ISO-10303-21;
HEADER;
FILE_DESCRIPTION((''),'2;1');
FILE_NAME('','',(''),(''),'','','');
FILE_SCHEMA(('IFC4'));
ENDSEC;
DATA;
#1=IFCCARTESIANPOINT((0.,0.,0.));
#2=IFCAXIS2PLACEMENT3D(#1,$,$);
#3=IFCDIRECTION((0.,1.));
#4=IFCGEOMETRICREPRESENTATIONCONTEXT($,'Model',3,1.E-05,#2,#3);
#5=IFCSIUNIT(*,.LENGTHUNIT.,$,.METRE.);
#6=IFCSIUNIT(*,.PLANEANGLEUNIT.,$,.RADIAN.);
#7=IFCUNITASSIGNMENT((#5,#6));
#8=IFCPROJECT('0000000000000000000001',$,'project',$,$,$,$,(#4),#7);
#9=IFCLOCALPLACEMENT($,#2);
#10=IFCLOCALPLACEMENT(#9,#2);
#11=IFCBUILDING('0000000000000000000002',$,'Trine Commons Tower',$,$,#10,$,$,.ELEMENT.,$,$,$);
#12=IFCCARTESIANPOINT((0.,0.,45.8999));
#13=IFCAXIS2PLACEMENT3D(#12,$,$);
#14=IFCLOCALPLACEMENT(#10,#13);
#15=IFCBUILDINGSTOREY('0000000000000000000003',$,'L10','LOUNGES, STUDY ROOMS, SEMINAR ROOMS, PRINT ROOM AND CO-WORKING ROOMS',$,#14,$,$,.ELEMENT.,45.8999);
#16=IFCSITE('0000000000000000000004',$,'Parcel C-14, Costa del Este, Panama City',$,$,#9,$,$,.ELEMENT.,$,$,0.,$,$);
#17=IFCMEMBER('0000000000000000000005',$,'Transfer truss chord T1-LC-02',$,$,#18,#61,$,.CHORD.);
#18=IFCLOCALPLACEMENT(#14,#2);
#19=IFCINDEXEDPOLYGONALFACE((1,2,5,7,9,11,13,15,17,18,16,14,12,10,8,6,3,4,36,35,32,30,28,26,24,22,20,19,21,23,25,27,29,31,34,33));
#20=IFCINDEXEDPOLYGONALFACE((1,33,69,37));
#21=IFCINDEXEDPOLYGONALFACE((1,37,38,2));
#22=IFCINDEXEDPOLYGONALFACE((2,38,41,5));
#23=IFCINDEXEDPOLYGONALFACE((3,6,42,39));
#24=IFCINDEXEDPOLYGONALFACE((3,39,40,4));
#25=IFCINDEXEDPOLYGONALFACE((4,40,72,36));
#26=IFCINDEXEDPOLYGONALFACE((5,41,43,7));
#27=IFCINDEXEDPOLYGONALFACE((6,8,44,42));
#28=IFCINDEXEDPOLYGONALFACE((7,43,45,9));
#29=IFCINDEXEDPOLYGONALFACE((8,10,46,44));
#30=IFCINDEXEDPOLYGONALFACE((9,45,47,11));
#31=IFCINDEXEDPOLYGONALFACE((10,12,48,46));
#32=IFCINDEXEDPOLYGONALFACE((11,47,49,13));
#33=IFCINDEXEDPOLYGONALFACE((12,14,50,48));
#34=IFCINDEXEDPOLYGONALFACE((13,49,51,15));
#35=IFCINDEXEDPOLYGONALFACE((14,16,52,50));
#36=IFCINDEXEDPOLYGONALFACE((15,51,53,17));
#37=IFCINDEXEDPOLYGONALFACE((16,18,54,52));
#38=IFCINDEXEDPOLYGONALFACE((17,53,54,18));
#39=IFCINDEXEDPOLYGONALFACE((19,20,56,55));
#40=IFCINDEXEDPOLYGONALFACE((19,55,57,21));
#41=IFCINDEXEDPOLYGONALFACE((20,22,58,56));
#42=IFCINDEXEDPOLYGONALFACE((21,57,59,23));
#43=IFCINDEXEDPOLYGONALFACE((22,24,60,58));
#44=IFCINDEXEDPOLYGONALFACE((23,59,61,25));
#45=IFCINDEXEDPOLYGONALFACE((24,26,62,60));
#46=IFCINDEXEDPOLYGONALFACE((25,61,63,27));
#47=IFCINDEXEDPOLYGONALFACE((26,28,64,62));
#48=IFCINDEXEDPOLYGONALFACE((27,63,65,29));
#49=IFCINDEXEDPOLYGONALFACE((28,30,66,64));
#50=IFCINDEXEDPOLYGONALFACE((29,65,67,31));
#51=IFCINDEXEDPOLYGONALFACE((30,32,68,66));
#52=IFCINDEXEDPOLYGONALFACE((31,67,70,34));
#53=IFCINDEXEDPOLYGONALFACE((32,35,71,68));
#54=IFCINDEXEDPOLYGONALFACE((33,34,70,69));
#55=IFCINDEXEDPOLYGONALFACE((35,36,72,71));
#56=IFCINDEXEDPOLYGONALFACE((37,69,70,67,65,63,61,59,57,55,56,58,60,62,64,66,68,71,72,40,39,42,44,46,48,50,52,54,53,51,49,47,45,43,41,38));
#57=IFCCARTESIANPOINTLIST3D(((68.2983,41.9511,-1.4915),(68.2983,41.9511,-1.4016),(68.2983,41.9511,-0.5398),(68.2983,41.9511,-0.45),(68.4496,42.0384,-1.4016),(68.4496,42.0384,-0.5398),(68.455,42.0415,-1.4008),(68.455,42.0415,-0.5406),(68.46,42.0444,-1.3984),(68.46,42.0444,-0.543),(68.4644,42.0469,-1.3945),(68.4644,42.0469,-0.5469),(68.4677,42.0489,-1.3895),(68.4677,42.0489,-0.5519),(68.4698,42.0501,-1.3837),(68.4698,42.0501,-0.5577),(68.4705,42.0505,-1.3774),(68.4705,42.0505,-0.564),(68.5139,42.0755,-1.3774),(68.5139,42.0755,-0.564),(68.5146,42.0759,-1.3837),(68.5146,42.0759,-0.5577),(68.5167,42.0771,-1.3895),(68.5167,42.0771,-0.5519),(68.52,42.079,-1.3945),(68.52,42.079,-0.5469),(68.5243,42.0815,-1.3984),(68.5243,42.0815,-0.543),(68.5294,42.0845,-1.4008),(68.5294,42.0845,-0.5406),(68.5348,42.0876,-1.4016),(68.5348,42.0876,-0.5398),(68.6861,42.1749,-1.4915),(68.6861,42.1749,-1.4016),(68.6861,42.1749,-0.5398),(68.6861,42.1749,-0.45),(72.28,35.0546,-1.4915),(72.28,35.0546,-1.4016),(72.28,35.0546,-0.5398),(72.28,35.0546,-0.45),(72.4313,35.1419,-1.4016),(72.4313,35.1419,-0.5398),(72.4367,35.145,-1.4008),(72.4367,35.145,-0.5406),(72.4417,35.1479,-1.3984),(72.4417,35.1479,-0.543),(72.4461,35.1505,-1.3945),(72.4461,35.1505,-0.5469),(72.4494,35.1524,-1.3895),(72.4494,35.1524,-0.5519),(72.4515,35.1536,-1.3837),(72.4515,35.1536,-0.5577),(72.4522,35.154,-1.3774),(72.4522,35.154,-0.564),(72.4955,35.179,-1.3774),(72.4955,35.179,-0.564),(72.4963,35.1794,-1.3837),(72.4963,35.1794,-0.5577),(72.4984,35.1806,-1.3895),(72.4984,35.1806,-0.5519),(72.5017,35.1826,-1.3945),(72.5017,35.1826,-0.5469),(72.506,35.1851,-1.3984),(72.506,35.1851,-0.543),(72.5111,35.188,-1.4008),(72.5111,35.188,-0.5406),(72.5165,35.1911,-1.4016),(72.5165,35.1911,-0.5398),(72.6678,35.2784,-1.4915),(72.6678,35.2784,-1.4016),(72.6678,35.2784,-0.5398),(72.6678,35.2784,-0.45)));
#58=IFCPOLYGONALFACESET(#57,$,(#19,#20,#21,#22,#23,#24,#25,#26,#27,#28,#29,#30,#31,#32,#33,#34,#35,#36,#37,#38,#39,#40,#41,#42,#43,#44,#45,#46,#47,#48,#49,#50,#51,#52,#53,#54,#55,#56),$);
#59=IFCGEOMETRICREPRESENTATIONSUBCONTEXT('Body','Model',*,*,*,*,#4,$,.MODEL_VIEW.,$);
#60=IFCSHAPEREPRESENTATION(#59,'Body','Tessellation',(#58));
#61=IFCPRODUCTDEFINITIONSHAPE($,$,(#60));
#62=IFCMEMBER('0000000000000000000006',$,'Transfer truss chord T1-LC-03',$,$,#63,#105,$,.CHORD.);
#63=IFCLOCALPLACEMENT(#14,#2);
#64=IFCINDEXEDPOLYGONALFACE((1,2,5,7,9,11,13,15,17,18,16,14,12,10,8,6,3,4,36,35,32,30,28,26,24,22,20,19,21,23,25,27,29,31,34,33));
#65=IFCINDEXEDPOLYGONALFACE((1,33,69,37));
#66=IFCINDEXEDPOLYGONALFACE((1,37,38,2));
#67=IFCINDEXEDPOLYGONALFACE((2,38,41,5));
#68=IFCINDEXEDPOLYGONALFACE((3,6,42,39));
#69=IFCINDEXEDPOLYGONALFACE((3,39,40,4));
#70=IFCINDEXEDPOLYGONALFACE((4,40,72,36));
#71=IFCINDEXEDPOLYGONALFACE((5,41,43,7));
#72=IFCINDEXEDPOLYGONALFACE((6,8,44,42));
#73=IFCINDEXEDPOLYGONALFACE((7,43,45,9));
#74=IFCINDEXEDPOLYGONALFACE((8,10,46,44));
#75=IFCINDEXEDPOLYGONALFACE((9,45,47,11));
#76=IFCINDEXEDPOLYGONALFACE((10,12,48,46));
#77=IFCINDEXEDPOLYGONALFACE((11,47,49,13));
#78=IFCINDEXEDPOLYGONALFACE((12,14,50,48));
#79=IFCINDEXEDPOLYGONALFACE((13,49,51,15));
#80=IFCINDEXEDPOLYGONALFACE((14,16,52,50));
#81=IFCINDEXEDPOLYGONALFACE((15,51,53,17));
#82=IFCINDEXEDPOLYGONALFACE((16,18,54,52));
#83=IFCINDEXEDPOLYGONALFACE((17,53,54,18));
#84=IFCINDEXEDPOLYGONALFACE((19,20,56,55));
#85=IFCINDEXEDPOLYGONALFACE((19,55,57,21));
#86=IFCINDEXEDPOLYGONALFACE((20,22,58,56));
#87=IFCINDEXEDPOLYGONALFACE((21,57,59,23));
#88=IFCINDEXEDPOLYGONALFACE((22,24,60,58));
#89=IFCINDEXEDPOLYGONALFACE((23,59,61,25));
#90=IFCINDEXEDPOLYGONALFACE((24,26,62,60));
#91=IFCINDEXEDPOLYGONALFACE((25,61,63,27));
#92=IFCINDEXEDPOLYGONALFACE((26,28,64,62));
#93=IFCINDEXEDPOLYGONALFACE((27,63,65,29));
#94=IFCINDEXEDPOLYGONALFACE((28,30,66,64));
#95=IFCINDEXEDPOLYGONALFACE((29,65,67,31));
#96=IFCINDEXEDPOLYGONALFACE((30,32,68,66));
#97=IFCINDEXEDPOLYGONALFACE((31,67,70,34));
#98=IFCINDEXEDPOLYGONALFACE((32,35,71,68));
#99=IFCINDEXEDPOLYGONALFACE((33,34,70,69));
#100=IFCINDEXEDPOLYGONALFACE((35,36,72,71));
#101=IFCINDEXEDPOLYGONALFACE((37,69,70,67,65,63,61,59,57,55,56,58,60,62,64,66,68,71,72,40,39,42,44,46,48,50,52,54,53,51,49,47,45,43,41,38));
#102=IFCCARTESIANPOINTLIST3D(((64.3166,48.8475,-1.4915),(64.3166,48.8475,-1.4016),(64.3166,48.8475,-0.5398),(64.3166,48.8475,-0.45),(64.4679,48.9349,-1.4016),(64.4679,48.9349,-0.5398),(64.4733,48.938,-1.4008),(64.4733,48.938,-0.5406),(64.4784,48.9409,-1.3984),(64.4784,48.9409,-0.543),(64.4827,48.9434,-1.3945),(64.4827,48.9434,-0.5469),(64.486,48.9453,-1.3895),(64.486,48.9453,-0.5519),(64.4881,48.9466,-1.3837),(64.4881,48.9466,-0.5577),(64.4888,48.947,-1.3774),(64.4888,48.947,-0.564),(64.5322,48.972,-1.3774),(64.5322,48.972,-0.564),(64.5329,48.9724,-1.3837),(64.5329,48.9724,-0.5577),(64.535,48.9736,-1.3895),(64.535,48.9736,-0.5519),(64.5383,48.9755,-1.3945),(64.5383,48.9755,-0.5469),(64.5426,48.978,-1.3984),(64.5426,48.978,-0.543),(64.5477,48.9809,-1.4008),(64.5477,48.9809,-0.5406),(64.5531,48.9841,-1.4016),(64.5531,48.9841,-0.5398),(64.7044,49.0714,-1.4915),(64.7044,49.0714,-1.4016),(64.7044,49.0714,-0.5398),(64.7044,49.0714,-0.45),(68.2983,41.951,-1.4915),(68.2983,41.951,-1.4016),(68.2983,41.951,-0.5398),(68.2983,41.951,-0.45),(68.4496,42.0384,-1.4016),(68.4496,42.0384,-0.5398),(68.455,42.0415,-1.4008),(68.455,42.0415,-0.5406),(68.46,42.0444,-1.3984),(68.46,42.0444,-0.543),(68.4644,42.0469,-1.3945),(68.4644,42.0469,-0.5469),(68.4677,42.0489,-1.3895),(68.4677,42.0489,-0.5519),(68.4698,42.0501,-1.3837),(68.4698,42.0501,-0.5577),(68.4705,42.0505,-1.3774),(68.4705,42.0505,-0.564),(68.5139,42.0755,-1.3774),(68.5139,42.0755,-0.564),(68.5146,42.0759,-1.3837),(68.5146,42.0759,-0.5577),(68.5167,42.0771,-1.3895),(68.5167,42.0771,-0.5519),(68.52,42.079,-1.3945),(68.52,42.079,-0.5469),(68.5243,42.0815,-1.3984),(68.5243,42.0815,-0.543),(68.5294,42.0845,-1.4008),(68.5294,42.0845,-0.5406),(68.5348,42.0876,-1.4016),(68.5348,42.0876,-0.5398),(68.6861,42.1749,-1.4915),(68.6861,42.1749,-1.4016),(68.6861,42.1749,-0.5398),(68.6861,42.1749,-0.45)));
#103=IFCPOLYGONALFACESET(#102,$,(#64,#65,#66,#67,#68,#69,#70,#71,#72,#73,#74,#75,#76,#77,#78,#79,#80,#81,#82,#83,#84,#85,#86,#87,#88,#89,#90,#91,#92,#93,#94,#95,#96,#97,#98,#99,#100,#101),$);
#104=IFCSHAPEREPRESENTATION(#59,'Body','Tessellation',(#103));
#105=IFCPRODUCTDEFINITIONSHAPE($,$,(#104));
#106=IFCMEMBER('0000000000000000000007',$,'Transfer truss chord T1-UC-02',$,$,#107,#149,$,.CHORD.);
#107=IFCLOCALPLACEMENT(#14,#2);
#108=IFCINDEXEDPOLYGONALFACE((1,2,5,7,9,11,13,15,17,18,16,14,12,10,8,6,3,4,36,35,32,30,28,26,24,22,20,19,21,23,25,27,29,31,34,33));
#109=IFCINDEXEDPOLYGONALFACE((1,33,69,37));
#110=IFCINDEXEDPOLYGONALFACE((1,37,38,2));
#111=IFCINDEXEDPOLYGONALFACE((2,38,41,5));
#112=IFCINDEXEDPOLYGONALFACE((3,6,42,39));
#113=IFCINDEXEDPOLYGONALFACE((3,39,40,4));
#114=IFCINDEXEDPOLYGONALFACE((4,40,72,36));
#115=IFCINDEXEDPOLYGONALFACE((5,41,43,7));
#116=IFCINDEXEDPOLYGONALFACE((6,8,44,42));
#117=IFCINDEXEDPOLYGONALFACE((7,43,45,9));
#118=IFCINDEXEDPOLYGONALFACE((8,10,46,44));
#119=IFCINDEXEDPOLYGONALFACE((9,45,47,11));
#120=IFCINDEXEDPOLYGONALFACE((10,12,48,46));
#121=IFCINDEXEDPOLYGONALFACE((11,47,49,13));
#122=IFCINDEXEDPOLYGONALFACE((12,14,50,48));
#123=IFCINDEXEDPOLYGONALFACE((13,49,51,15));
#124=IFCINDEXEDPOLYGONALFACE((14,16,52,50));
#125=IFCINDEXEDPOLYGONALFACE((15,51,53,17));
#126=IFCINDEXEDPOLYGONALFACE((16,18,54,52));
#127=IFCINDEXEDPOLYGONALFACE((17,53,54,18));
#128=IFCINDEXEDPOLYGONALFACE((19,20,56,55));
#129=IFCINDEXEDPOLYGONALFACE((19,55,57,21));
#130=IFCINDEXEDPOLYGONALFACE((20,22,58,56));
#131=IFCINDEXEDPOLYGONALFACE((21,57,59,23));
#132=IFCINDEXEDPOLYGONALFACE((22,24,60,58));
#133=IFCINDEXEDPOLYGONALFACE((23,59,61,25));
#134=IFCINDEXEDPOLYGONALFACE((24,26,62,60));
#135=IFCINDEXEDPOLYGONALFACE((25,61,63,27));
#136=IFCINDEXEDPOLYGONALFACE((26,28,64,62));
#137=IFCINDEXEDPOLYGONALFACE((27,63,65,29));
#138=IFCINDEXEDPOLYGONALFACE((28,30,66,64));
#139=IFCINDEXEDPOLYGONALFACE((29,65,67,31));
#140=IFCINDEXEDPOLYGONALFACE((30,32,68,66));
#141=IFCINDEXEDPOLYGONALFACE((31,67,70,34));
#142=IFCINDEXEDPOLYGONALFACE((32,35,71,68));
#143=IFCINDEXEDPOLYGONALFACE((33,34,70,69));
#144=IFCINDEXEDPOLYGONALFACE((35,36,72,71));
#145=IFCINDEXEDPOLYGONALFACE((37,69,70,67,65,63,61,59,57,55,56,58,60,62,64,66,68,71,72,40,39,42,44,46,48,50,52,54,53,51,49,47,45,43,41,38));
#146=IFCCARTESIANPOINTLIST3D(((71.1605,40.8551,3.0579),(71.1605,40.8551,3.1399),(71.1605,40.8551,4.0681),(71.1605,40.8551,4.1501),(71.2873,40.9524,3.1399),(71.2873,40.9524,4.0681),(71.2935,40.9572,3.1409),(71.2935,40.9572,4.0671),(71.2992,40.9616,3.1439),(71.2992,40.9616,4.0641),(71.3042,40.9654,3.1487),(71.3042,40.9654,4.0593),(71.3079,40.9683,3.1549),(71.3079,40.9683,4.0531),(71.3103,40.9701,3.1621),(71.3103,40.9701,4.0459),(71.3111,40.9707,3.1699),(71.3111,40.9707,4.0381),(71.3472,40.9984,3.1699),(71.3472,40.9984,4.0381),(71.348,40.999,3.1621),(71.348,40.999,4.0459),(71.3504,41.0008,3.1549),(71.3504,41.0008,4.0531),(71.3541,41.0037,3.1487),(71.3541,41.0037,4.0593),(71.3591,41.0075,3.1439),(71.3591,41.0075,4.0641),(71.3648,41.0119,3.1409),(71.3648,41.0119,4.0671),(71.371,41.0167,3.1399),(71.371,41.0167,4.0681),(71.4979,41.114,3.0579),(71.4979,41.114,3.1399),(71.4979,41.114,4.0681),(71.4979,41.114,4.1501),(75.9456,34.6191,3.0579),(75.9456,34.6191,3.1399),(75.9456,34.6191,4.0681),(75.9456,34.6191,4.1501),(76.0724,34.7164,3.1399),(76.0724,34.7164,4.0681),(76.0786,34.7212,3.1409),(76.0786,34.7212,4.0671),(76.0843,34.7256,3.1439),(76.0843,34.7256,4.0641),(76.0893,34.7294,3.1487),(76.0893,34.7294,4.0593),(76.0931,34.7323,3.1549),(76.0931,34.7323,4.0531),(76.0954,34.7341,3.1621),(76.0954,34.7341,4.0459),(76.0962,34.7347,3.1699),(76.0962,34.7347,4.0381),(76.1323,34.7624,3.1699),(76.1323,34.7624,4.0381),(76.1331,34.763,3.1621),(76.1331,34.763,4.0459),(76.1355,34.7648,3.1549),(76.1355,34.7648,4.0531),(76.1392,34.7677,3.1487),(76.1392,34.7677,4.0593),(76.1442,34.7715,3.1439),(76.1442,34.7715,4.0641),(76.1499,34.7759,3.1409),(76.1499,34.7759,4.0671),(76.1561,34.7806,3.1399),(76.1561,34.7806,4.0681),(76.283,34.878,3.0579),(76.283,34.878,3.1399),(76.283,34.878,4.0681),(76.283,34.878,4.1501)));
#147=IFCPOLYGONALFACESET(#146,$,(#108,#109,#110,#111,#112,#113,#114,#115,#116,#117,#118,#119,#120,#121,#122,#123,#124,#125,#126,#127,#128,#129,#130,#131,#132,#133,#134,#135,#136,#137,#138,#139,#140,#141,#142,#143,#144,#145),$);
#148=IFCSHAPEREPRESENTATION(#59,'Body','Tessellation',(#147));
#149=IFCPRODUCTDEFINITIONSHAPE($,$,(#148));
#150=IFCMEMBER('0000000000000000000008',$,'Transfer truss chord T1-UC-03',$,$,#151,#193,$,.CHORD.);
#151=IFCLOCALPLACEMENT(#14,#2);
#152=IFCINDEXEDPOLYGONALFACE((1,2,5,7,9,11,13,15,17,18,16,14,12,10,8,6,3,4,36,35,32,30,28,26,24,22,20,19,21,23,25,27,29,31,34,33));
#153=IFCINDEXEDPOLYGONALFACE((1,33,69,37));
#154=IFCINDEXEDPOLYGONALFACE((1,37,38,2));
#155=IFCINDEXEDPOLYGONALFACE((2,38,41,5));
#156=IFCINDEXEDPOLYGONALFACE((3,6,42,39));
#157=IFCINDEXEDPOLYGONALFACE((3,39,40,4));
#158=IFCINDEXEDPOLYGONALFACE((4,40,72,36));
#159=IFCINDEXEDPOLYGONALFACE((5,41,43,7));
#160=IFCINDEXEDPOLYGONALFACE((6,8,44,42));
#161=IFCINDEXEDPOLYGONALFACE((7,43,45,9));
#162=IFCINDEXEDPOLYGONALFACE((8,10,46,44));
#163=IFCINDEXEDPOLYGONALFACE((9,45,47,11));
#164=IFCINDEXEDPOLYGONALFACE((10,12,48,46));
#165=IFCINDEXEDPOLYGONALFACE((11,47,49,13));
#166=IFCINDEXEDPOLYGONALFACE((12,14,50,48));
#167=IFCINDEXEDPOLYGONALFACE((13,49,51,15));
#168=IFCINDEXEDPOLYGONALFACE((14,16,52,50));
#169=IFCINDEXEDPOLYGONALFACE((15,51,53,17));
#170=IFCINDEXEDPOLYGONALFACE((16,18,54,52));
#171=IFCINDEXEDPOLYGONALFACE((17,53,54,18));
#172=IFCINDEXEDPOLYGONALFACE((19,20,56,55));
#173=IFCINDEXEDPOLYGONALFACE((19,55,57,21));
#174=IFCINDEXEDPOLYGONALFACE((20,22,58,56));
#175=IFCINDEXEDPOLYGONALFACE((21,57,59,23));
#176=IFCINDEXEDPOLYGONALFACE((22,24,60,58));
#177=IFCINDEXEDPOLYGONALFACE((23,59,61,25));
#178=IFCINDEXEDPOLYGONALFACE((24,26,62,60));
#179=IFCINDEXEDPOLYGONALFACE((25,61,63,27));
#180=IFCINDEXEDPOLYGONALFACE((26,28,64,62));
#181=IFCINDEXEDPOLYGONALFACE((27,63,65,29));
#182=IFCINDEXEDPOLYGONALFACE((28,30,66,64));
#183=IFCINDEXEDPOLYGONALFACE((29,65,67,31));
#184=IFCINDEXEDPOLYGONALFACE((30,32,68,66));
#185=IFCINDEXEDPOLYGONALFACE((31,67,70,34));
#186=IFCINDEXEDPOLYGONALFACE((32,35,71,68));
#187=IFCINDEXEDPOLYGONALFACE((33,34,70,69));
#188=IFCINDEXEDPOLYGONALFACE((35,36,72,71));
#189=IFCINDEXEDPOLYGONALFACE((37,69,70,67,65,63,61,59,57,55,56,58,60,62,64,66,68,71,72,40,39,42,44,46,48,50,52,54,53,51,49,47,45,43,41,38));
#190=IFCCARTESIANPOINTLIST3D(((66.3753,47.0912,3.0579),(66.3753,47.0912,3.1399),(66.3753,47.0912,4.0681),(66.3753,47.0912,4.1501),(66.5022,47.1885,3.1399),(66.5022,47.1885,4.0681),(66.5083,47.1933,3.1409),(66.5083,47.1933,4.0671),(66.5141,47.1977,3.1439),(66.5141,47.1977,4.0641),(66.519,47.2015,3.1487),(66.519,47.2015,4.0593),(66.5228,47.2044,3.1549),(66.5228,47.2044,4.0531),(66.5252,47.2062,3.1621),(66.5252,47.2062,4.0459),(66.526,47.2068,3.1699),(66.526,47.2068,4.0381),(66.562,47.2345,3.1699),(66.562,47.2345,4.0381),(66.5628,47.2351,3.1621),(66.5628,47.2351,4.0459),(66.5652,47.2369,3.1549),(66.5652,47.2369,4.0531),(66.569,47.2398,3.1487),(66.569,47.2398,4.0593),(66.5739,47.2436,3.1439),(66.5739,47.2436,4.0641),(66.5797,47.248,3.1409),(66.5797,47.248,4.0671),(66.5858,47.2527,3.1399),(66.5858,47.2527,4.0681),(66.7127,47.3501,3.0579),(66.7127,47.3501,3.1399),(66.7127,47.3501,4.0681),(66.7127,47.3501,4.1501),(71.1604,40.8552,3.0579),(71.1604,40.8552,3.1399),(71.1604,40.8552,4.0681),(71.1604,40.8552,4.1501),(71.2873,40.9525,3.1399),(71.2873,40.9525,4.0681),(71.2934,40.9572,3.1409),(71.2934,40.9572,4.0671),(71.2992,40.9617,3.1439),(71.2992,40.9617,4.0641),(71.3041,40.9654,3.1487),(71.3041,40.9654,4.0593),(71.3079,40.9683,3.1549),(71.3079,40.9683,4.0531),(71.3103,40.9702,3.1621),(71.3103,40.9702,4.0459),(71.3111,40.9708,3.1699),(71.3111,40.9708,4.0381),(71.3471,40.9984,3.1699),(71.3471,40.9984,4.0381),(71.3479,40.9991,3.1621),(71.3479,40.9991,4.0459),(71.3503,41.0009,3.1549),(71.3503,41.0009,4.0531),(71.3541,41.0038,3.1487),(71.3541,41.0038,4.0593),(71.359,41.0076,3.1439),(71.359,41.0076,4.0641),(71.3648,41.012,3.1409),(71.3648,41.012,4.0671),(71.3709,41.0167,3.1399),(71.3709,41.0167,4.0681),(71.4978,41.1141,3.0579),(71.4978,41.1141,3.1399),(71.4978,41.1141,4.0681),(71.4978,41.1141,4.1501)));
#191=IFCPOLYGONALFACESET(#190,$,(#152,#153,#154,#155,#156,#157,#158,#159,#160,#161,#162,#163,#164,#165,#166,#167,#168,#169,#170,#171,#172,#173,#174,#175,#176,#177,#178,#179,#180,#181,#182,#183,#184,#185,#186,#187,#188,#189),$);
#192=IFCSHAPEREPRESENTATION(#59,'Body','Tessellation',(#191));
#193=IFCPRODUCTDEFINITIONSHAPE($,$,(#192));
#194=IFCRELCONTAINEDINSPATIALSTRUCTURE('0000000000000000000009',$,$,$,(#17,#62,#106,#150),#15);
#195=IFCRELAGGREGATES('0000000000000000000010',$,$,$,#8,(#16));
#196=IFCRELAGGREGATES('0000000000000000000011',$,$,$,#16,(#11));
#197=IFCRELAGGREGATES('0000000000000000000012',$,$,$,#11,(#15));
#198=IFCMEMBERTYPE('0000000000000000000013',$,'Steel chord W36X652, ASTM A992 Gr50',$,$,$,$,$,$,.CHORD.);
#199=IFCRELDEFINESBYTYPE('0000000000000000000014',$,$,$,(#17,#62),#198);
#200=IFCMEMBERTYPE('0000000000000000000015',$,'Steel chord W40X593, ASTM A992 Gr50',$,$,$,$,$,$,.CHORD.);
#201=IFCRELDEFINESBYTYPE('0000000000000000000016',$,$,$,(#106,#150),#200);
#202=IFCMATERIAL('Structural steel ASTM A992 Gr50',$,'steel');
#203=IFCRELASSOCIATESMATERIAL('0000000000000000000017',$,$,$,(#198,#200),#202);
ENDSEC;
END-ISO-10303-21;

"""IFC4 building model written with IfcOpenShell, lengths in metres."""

from ifc_helpers import new_model, si_unit, direction, frame, origin, origin_2d, place, context, subcontext, project, spatial, i_section, extrude, material, material_profile, profile_set, type_object, element, save


model = new_model("IFC4")

# Units and contexts
model_context = context("Model", 3, precision=1e-05, world=origin(), true_north=direction((0.0, 1.0)))
body_context = subcontext(model_context, "Body", "Model", "MODEL_VIEW")
ifc_project = project(units=[si_unit("LENGTHUNIT", "METRE"), si_unit("PLANEANGLEUNIT", "RADIAN")], contexts=[model_context])

# Site, building, storey
site_placement = place(None, origin())
site = spatial("IfcSite", under=ifc_project, at=site_placement, Name="Parcel C-14, Costa del Este, Panama City", CompositionType="ELEMENT", RefElevation=0.0)
building_placement = place(site_placement, origin())
building = spatial("IfcBuilding", under=site, at=building_placement, Name="Trine Commons Tower", CompositionType="ELEMENT")
storey_placement = place(building_placement, frame((0.0, 0.0, 45.8999)))
storey = spatial("IfcBuildingStorey", under=building, at=storey_placement, Name="L10", Description="LOUNGES, STUDY ROOMS, SEMINAR ROOMS, PRINT ROOM AND CO-WORKING ROOMS", CompositionType="ELEMENT", Elevation=45.8999)

# Members
ifc_material_1 = material(Name="Structural steel ASTM A992 Gr50", Category="steel")
ifc_material_profile_1 = material_profile(ifc_material_1, i_section(OverallWidth=0.4478, OverallDepth=1.0415, WebThickness=0.05, FlangeThickness=0.0898, FilletRadius=0.0242, at=origin_2d()), Name="W36X652")
ifc_profile_set_1 = profile_set([ifc_material_profile_1], Name="Structural steel ASTM A992 Gr50")
member_type_1 = type_object("IfcMemberType", Name="Steel chord W36X652, ASTM A992 Gr50", PredefinedType="CHORD", material=ifc_profile_set_1)
for number, where, z_axis, x_axis, name in (
    (1, (72.4739, 35.1665, -0.9707), (-0.5, 0.866025, 0.0), (-0.866025, -0.5, 0.0), "Transfer truss chord T1-LC-02"),
    (2, (68.4922, 42.063, -0.9707), (-0.5, 0.866025, 0.0), (-0.866025, -0.5, 0.0), "Transfer truss chord T1-LC-03"),
):
    element("IfcMember", number, at=place(storey_placement, frame(where, z_axis=z_axis, x_axis=x_axis)), inside=storey, type_object=member_type_1, Name=name, PredefinedType="CHORD", context=body_context, shape_type="SweptSolid", body=[
        extrude(i_section(OverallWidth=0.4478, OverallDepth=1.0415, WebThickness=0.05, FlangeThickness=0.0898, FilletRadius=0.0242, at=origin_2d()), origin(), (0.0, 0.0, 1.0), 7.9634),
    ])
ifc_material_profile_2 = material_profile(ifc_material_1, i_section(OverallWidth=0.4253, OverallDepth=1.0923, WebThickness=0.0454, FlangeThickness=0.082, FilletRadius=0.03, at=origin_2d()), Name="W40X593")
ifc_profile_set_2 = profile_set([ifc_material_profile_2], Name="Structural steel ASTM A992 Gr50")
member_type_2 = type_object("IfcMemberType", Name="Steel chord W40X593, ASTM A992 Gr50", PredefinedType="CHORD", material=ifc_profile_set_2)
for number, where, z_axis, x_axis, name in (
    (3, (76.1143, 34.7485, 3.604), (-0.608765, 0.793351, 0.0), (-0.793351, -0.608765, 0.0), "Transfer truss chord T1-UC-02"),
    (4, (71.3291, 40.9846, 3.604), (-0.608765, 0.793351, 0.0), (-0.793351, -0.608765, 0.0), "Transfer truss chord T1-UC-03"),
):
    element("IfcMember", number, at=place(storey_placement, frame(where, z_axis=z_axis, x_axis=x_axis)), inside=storey, type_object=member_type_2, Name=name, PredefinedType="CHORD", context=body_context, shape_type="SweptSolid", body=[
        extrude(i_section(OverallWidth=0.4253, OverallDepth=1.0923, WebThickness=0.0454, FlangeThickness=0.082, FilletRadius=0.03, at=origin_2d()), origin(), (0.0, 0.0, 1.0), 7.8604),
    ])

save(model, "model.ifc")
